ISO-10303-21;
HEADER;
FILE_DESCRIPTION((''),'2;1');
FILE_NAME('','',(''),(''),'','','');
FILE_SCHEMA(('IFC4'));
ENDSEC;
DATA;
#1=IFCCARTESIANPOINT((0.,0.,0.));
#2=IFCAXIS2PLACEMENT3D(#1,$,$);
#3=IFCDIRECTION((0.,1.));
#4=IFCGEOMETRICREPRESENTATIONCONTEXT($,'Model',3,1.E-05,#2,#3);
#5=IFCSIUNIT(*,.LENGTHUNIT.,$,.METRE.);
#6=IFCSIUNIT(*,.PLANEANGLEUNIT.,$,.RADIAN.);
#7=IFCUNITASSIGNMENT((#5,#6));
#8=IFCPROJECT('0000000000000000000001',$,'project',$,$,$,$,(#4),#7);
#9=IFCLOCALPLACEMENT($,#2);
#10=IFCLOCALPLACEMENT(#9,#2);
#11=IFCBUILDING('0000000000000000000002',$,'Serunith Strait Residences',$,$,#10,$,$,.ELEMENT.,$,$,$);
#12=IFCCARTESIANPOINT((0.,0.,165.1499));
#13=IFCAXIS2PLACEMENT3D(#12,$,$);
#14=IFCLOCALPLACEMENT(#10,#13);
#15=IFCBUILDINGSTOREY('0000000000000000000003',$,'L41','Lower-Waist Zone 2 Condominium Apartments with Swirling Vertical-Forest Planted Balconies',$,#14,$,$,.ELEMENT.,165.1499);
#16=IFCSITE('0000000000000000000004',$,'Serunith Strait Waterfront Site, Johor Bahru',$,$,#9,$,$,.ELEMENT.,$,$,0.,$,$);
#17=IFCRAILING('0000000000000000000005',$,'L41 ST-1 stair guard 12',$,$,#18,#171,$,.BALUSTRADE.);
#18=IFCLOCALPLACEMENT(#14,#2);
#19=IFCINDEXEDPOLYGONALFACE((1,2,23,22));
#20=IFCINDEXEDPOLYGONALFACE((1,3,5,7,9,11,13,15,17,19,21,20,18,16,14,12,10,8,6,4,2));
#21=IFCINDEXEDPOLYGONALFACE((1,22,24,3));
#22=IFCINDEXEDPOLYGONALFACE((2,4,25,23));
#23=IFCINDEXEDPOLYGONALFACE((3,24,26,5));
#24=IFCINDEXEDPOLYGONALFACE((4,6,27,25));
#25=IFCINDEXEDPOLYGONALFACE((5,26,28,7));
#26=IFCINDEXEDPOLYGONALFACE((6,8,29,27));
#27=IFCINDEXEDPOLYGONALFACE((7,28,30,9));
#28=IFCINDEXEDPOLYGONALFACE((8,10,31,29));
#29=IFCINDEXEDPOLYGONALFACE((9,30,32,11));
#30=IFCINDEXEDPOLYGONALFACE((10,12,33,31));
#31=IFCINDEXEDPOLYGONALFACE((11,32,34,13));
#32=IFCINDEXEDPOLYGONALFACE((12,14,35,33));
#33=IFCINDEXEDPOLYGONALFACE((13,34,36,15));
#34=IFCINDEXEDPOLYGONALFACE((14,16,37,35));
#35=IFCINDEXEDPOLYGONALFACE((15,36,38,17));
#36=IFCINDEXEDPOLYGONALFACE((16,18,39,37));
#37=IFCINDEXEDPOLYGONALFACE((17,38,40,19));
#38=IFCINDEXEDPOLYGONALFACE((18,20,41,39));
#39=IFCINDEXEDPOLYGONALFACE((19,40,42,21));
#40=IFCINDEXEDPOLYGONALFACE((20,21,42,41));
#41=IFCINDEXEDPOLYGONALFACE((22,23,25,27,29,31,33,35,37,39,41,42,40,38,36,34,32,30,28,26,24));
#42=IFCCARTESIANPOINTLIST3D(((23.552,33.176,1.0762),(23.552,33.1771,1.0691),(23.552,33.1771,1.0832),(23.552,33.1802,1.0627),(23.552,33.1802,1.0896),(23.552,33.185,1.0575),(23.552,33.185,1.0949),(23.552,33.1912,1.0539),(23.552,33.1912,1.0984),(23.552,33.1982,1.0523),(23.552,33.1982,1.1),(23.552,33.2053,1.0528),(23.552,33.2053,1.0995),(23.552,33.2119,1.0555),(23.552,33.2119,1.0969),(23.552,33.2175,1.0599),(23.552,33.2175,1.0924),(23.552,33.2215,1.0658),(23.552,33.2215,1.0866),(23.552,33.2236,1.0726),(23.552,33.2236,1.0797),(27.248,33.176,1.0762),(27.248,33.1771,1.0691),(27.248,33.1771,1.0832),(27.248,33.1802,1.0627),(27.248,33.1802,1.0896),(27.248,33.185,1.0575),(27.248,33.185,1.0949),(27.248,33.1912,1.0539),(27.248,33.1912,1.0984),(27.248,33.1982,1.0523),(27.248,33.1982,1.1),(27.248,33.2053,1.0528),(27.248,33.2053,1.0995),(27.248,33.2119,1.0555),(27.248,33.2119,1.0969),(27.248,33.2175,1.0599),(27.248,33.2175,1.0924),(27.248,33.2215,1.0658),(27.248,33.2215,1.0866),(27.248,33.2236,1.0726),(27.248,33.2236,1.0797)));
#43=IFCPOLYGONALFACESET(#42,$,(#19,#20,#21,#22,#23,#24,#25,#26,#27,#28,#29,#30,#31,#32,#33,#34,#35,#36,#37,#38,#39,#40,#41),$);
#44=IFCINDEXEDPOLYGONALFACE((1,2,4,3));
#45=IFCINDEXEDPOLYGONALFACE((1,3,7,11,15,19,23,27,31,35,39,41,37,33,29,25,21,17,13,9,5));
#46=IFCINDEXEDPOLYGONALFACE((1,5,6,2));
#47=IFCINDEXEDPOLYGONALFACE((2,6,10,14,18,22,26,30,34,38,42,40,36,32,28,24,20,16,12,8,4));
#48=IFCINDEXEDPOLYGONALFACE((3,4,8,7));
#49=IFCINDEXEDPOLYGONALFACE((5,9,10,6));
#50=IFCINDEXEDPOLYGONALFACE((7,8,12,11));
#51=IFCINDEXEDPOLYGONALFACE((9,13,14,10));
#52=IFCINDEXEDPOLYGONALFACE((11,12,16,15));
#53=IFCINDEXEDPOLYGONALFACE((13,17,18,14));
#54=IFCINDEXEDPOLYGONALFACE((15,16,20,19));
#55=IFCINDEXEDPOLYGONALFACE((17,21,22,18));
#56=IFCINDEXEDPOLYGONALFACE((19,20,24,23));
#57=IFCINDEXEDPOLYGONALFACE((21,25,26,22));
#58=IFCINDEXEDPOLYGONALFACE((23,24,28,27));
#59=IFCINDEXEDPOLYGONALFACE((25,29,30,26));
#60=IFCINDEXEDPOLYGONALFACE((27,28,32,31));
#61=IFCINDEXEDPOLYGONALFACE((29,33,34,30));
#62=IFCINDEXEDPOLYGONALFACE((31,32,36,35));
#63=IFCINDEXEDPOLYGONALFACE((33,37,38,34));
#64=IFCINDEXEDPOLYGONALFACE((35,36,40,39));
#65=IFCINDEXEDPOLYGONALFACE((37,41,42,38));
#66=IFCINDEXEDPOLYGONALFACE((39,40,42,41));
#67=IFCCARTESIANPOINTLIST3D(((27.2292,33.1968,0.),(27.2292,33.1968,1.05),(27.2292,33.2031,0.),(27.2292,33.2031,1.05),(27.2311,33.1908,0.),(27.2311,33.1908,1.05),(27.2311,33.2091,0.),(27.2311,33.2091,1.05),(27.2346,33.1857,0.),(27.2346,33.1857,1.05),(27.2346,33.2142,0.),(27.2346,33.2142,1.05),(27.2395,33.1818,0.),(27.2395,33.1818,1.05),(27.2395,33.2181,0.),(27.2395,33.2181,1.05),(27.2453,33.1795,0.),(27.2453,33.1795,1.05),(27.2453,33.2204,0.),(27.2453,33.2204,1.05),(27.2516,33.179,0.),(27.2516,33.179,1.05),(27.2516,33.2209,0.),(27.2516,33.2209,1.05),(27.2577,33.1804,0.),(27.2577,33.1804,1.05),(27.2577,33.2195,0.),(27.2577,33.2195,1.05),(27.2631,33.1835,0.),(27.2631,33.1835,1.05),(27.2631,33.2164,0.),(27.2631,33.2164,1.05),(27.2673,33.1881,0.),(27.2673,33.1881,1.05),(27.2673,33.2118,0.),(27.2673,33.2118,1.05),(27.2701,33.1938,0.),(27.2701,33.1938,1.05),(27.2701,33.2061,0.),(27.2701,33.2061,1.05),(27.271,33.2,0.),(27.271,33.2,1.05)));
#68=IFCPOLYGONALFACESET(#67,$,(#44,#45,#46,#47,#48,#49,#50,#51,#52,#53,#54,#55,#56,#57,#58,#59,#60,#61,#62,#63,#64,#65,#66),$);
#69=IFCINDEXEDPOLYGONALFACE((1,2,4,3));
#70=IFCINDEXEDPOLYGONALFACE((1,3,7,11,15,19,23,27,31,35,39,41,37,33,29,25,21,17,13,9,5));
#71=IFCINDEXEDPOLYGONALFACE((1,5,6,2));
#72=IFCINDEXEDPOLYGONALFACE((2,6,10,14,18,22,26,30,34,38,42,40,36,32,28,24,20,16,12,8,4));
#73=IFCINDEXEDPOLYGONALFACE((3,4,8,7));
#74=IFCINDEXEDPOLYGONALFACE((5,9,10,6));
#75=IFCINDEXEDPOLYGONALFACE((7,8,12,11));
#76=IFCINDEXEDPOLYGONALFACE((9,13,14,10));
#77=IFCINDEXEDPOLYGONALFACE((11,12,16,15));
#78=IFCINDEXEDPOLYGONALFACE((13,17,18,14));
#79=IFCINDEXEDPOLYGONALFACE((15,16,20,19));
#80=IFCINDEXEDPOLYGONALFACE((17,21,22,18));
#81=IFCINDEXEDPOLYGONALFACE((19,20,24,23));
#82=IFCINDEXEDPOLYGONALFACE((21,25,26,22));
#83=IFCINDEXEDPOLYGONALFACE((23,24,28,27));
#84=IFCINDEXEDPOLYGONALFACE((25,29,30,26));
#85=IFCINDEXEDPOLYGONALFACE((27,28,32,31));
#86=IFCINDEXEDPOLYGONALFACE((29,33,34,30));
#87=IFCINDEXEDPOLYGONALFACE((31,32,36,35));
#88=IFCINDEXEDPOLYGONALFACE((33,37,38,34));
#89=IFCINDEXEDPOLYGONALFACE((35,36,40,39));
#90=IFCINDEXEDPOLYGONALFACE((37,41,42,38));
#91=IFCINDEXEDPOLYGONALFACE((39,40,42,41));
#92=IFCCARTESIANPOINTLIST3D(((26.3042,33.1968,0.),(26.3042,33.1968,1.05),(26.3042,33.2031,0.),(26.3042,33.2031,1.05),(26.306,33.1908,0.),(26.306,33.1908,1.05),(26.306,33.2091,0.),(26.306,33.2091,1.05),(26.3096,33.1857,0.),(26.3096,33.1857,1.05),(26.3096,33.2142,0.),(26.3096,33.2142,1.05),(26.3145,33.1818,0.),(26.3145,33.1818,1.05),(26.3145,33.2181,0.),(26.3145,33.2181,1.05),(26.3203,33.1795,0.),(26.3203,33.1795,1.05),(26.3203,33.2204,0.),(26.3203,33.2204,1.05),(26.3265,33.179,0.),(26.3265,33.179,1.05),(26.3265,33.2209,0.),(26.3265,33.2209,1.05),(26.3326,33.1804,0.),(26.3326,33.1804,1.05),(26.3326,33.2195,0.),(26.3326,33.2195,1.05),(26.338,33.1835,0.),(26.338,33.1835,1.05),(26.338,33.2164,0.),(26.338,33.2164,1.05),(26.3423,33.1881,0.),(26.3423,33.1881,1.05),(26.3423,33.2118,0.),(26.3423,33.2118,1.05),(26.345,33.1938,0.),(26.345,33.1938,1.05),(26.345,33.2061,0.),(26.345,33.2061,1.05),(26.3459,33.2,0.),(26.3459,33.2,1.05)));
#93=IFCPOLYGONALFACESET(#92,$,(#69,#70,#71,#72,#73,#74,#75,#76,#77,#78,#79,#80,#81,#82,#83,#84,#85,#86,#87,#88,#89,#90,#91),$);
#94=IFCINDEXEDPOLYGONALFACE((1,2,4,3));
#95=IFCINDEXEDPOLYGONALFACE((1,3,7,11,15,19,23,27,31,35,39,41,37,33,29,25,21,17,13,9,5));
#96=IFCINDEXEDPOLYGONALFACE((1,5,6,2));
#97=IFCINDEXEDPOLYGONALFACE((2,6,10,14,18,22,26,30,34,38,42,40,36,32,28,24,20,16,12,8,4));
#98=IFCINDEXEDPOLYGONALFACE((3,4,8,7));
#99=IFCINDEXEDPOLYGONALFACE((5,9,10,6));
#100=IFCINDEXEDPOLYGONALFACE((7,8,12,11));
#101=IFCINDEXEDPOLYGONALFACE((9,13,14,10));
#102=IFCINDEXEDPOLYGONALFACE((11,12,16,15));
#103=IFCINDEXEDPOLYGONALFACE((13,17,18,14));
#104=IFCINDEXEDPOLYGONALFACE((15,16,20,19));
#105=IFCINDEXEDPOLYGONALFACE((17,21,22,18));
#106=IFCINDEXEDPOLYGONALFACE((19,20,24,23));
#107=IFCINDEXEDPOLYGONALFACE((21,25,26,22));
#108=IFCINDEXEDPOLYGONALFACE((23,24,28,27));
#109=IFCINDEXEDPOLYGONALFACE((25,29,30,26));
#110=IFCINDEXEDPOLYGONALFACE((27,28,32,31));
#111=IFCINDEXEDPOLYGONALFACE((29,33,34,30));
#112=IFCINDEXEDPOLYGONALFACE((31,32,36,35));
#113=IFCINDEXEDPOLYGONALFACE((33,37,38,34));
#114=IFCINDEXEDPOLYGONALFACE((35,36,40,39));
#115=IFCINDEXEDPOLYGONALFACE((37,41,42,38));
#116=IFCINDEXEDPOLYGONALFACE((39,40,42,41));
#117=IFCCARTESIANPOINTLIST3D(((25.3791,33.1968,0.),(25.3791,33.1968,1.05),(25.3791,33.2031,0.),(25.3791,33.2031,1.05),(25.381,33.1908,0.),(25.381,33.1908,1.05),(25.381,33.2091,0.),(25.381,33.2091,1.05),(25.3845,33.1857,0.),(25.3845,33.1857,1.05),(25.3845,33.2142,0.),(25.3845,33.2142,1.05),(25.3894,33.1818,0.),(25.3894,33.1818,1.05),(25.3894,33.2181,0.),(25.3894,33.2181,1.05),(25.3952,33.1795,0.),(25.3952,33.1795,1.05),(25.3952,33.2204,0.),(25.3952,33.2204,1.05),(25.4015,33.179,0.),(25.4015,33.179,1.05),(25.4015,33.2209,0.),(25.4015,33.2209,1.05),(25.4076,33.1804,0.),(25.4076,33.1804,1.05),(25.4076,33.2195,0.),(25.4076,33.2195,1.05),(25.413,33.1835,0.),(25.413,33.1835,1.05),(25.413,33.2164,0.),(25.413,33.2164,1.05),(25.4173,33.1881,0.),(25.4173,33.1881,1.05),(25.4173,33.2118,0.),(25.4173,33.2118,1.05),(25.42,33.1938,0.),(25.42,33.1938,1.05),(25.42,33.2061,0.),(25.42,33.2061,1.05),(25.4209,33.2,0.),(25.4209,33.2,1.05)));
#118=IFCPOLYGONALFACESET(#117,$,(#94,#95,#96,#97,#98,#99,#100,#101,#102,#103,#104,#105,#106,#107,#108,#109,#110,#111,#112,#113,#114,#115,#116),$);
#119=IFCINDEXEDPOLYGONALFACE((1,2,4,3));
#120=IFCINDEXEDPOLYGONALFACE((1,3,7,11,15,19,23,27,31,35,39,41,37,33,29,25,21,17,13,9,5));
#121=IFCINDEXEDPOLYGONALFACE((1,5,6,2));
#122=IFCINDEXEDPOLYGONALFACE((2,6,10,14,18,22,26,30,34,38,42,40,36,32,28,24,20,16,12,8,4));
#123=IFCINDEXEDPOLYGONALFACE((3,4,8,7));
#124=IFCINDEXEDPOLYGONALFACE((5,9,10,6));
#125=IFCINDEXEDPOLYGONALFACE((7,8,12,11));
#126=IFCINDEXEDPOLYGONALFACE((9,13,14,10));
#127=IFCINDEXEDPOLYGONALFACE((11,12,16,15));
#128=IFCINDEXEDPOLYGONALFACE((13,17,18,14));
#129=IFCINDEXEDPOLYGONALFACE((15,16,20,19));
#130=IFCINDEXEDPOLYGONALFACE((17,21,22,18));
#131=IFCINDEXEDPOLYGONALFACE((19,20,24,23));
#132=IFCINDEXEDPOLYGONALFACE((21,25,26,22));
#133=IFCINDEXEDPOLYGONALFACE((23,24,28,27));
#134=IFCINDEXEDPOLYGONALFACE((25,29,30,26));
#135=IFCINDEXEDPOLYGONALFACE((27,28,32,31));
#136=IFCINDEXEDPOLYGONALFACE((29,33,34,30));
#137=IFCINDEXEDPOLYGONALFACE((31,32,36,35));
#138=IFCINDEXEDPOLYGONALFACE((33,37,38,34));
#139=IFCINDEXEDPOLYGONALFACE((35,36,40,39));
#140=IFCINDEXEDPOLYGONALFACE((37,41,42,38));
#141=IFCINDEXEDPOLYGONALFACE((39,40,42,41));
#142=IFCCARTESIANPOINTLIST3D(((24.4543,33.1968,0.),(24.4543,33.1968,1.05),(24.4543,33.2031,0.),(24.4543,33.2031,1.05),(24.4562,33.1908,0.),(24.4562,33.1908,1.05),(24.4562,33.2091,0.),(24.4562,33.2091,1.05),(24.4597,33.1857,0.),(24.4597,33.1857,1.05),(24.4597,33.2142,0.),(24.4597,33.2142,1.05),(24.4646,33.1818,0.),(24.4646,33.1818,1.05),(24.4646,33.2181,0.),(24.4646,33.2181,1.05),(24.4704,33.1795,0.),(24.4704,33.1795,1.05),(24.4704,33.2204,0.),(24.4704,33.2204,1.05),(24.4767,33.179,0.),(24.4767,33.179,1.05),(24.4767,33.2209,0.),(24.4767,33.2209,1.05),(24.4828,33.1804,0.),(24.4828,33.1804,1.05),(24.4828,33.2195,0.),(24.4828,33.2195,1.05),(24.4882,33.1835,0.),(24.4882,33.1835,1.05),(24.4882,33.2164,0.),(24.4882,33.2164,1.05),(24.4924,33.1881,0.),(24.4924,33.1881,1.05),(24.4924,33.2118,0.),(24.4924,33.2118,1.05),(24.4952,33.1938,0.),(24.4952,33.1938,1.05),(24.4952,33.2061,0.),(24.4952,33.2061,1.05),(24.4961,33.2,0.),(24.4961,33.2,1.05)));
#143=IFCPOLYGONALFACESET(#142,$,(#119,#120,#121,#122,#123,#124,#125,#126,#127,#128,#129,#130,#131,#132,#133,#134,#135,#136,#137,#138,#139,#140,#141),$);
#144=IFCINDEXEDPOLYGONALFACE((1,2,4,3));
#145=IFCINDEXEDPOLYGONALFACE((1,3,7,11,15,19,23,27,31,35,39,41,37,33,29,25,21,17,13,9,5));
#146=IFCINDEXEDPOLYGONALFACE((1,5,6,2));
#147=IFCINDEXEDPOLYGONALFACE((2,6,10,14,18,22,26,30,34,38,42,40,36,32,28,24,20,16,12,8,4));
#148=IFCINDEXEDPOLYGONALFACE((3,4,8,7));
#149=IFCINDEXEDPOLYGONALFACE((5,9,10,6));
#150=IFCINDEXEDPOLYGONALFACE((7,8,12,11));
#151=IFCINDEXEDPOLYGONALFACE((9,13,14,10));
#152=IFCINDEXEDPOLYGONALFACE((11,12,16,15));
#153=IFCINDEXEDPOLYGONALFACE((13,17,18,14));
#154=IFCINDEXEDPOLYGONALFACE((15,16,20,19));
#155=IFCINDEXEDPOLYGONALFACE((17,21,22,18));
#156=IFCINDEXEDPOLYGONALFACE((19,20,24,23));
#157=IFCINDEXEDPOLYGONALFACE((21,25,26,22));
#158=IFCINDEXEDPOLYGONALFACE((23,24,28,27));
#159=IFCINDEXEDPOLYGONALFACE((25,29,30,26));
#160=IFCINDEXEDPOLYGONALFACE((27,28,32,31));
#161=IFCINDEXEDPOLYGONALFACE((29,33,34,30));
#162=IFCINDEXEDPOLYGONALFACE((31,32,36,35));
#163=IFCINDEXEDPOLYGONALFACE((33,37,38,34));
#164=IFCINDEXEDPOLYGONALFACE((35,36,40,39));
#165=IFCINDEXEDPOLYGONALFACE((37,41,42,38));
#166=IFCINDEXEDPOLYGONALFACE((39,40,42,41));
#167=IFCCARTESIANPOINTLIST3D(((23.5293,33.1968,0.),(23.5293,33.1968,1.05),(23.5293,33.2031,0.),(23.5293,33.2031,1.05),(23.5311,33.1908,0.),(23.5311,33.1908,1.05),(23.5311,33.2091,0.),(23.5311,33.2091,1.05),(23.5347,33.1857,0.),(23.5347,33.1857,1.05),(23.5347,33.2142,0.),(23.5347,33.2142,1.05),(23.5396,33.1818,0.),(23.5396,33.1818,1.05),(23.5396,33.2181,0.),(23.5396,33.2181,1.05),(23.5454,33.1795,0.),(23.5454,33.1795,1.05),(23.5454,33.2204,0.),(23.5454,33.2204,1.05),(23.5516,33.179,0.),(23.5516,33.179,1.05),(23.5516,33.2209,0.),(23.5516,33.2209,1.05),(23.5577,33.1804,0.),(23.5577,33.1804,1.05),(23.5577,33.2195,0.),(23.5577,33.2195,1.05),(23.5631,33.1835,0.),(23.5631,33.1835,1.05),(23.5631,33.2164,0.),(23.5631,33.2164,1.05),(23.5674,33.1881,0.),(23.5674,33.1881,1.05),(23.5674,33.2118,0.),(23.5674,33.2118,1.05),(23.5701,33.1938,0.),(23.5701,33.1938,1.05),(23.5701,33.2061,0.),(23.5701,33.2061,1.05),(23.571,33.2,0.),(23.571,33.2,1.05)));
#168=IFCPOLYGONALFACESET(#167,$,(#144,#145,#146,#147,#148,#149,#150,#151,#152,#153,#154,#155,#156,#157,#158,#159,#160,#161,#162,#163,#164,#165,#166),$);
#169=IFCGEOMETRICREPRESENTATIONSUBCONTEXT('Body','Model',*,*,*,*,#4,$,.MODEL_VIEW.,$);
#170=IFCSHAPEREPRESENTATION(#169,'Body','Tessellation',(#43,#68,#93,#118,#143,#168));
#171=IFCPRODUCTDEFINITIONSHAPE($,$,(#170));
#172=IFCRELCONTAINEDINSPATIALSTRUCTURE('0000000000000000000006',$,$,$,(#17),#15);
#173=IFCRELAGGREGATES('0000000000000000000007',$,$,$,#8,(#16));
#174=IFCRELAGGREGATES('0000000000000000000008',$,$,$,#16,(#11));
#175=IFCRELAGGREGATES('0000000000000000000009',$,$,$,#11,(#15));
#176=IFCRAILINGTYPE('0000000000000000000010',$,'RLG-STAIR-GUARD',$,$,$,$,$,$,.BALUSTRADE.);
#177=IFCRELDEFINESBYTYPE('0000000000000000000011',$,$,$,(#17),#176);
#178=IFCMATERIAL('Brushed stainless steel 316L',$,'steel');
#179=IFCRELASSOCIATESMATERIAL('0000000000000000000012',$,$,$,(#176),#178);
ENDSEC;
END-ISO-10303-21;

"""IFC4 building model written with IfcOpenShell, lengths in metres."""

from ifc_helpers import new_model, si_unit, direction, frame, origin, origin_2d, place, context, subcontext, project, spatial, circle, extrude, material, type_object, element, save


model = new_model("IFC4")

# Units and contexts
model_context = context("Model", 3, precision=1e-05, world=origin(), true_north=direction((0.0, 1.0)))
body_context = subcontext(model_context, "Body", "Model", "MODEL_VIEW")
ifc_project = project(units=[si_unit("LENGTHUNIT", "METRE"), si_unit("PLANEANGLEUNIT", "RADIAN")], contexts=[model_context])

# Site, building, storey
site_placement = place(None, origin())
site = spatial("IfcSite", under=ifc_project, at=site_placement, Name="Serunith Strait Waterfront Site, Johor Bahru", CompositionType="ELEMENT", RefElevation=0.0)
building_placement = place(site_placement, origin())
building = spatial("IfcBuilding", under=site, at=building_placement, Name="Serunith Strait Residences", CompositionType="ELEMENT")
storey_placement = place(building_placement, frame((0.0, 0.0, 165.1499)))
storey = spatial("IfcBuildingStorey", under=building, at=storey_placement, Name="L41", Description="Lower-Waist Zone 2 Condominium Apartments with Swirling Vertical-Forest Planted Balconies", CompositionType="ELEMENT", Elevation=165.1499)

# Railing
ifc_material_1 = material(Name="Brushed stainless steel 316L", Category="steel")
railing_type_1 = type_object("IfcRailingType", Name="RLG-STAIR-GUARD", PredefinedType="BALUSTRADE", material=ifc_material_1)
railing_1_placement = place(storey_placement, frame((27.25, 33.2, 0.0)))
element("IfcRailing", 1, at=railing_1_placement, inside=storey, type_object=railing_type_1, Name="L41 ST-1 stair guard 12", PredefinedType="BALUSTRADE", context=body_context, shape_type="SweptSolid", body=[
    extrude(circle(Radius=0.0239, at=origin_2d()), frame((-0.002, 0.0, 1.0762), z_axis=(-1.0, 0.0, 0.0), x_axis=(0.0, -1.0, 0.0)), (0.0, 0.0, 1.0), 3.696),
    extrude(circle(Radius=0.021, at=origin_2d()), origin(), (0.0, 0.0, 1.0), 1.05),
    extrude(circle(Radius=0.021, at=origin_2d()), frame((-0.925, 0.0, 0.0)), (0.0, 0.0, 1.0), 1.05),
    extrude(circle(Radius=0.021, at=origin_2d()), frame((-1.8501, 0.0, 0.0)), (0.0, 0.0, 1.0), 1.05),
    extrude(circle(Radius=0.021, at=origin_2d()), frame((-2.7749, 0.0, 0.0)), (0.0, 0.0, 1.0), 1.05),
    extrude(circle(Radius=0.021, at=origin_2d()), frame((-3.7, 0.0, 0.0)), (0.0, 0.0, 1.0), 1.05),
])

save(model, "model.ifc")
